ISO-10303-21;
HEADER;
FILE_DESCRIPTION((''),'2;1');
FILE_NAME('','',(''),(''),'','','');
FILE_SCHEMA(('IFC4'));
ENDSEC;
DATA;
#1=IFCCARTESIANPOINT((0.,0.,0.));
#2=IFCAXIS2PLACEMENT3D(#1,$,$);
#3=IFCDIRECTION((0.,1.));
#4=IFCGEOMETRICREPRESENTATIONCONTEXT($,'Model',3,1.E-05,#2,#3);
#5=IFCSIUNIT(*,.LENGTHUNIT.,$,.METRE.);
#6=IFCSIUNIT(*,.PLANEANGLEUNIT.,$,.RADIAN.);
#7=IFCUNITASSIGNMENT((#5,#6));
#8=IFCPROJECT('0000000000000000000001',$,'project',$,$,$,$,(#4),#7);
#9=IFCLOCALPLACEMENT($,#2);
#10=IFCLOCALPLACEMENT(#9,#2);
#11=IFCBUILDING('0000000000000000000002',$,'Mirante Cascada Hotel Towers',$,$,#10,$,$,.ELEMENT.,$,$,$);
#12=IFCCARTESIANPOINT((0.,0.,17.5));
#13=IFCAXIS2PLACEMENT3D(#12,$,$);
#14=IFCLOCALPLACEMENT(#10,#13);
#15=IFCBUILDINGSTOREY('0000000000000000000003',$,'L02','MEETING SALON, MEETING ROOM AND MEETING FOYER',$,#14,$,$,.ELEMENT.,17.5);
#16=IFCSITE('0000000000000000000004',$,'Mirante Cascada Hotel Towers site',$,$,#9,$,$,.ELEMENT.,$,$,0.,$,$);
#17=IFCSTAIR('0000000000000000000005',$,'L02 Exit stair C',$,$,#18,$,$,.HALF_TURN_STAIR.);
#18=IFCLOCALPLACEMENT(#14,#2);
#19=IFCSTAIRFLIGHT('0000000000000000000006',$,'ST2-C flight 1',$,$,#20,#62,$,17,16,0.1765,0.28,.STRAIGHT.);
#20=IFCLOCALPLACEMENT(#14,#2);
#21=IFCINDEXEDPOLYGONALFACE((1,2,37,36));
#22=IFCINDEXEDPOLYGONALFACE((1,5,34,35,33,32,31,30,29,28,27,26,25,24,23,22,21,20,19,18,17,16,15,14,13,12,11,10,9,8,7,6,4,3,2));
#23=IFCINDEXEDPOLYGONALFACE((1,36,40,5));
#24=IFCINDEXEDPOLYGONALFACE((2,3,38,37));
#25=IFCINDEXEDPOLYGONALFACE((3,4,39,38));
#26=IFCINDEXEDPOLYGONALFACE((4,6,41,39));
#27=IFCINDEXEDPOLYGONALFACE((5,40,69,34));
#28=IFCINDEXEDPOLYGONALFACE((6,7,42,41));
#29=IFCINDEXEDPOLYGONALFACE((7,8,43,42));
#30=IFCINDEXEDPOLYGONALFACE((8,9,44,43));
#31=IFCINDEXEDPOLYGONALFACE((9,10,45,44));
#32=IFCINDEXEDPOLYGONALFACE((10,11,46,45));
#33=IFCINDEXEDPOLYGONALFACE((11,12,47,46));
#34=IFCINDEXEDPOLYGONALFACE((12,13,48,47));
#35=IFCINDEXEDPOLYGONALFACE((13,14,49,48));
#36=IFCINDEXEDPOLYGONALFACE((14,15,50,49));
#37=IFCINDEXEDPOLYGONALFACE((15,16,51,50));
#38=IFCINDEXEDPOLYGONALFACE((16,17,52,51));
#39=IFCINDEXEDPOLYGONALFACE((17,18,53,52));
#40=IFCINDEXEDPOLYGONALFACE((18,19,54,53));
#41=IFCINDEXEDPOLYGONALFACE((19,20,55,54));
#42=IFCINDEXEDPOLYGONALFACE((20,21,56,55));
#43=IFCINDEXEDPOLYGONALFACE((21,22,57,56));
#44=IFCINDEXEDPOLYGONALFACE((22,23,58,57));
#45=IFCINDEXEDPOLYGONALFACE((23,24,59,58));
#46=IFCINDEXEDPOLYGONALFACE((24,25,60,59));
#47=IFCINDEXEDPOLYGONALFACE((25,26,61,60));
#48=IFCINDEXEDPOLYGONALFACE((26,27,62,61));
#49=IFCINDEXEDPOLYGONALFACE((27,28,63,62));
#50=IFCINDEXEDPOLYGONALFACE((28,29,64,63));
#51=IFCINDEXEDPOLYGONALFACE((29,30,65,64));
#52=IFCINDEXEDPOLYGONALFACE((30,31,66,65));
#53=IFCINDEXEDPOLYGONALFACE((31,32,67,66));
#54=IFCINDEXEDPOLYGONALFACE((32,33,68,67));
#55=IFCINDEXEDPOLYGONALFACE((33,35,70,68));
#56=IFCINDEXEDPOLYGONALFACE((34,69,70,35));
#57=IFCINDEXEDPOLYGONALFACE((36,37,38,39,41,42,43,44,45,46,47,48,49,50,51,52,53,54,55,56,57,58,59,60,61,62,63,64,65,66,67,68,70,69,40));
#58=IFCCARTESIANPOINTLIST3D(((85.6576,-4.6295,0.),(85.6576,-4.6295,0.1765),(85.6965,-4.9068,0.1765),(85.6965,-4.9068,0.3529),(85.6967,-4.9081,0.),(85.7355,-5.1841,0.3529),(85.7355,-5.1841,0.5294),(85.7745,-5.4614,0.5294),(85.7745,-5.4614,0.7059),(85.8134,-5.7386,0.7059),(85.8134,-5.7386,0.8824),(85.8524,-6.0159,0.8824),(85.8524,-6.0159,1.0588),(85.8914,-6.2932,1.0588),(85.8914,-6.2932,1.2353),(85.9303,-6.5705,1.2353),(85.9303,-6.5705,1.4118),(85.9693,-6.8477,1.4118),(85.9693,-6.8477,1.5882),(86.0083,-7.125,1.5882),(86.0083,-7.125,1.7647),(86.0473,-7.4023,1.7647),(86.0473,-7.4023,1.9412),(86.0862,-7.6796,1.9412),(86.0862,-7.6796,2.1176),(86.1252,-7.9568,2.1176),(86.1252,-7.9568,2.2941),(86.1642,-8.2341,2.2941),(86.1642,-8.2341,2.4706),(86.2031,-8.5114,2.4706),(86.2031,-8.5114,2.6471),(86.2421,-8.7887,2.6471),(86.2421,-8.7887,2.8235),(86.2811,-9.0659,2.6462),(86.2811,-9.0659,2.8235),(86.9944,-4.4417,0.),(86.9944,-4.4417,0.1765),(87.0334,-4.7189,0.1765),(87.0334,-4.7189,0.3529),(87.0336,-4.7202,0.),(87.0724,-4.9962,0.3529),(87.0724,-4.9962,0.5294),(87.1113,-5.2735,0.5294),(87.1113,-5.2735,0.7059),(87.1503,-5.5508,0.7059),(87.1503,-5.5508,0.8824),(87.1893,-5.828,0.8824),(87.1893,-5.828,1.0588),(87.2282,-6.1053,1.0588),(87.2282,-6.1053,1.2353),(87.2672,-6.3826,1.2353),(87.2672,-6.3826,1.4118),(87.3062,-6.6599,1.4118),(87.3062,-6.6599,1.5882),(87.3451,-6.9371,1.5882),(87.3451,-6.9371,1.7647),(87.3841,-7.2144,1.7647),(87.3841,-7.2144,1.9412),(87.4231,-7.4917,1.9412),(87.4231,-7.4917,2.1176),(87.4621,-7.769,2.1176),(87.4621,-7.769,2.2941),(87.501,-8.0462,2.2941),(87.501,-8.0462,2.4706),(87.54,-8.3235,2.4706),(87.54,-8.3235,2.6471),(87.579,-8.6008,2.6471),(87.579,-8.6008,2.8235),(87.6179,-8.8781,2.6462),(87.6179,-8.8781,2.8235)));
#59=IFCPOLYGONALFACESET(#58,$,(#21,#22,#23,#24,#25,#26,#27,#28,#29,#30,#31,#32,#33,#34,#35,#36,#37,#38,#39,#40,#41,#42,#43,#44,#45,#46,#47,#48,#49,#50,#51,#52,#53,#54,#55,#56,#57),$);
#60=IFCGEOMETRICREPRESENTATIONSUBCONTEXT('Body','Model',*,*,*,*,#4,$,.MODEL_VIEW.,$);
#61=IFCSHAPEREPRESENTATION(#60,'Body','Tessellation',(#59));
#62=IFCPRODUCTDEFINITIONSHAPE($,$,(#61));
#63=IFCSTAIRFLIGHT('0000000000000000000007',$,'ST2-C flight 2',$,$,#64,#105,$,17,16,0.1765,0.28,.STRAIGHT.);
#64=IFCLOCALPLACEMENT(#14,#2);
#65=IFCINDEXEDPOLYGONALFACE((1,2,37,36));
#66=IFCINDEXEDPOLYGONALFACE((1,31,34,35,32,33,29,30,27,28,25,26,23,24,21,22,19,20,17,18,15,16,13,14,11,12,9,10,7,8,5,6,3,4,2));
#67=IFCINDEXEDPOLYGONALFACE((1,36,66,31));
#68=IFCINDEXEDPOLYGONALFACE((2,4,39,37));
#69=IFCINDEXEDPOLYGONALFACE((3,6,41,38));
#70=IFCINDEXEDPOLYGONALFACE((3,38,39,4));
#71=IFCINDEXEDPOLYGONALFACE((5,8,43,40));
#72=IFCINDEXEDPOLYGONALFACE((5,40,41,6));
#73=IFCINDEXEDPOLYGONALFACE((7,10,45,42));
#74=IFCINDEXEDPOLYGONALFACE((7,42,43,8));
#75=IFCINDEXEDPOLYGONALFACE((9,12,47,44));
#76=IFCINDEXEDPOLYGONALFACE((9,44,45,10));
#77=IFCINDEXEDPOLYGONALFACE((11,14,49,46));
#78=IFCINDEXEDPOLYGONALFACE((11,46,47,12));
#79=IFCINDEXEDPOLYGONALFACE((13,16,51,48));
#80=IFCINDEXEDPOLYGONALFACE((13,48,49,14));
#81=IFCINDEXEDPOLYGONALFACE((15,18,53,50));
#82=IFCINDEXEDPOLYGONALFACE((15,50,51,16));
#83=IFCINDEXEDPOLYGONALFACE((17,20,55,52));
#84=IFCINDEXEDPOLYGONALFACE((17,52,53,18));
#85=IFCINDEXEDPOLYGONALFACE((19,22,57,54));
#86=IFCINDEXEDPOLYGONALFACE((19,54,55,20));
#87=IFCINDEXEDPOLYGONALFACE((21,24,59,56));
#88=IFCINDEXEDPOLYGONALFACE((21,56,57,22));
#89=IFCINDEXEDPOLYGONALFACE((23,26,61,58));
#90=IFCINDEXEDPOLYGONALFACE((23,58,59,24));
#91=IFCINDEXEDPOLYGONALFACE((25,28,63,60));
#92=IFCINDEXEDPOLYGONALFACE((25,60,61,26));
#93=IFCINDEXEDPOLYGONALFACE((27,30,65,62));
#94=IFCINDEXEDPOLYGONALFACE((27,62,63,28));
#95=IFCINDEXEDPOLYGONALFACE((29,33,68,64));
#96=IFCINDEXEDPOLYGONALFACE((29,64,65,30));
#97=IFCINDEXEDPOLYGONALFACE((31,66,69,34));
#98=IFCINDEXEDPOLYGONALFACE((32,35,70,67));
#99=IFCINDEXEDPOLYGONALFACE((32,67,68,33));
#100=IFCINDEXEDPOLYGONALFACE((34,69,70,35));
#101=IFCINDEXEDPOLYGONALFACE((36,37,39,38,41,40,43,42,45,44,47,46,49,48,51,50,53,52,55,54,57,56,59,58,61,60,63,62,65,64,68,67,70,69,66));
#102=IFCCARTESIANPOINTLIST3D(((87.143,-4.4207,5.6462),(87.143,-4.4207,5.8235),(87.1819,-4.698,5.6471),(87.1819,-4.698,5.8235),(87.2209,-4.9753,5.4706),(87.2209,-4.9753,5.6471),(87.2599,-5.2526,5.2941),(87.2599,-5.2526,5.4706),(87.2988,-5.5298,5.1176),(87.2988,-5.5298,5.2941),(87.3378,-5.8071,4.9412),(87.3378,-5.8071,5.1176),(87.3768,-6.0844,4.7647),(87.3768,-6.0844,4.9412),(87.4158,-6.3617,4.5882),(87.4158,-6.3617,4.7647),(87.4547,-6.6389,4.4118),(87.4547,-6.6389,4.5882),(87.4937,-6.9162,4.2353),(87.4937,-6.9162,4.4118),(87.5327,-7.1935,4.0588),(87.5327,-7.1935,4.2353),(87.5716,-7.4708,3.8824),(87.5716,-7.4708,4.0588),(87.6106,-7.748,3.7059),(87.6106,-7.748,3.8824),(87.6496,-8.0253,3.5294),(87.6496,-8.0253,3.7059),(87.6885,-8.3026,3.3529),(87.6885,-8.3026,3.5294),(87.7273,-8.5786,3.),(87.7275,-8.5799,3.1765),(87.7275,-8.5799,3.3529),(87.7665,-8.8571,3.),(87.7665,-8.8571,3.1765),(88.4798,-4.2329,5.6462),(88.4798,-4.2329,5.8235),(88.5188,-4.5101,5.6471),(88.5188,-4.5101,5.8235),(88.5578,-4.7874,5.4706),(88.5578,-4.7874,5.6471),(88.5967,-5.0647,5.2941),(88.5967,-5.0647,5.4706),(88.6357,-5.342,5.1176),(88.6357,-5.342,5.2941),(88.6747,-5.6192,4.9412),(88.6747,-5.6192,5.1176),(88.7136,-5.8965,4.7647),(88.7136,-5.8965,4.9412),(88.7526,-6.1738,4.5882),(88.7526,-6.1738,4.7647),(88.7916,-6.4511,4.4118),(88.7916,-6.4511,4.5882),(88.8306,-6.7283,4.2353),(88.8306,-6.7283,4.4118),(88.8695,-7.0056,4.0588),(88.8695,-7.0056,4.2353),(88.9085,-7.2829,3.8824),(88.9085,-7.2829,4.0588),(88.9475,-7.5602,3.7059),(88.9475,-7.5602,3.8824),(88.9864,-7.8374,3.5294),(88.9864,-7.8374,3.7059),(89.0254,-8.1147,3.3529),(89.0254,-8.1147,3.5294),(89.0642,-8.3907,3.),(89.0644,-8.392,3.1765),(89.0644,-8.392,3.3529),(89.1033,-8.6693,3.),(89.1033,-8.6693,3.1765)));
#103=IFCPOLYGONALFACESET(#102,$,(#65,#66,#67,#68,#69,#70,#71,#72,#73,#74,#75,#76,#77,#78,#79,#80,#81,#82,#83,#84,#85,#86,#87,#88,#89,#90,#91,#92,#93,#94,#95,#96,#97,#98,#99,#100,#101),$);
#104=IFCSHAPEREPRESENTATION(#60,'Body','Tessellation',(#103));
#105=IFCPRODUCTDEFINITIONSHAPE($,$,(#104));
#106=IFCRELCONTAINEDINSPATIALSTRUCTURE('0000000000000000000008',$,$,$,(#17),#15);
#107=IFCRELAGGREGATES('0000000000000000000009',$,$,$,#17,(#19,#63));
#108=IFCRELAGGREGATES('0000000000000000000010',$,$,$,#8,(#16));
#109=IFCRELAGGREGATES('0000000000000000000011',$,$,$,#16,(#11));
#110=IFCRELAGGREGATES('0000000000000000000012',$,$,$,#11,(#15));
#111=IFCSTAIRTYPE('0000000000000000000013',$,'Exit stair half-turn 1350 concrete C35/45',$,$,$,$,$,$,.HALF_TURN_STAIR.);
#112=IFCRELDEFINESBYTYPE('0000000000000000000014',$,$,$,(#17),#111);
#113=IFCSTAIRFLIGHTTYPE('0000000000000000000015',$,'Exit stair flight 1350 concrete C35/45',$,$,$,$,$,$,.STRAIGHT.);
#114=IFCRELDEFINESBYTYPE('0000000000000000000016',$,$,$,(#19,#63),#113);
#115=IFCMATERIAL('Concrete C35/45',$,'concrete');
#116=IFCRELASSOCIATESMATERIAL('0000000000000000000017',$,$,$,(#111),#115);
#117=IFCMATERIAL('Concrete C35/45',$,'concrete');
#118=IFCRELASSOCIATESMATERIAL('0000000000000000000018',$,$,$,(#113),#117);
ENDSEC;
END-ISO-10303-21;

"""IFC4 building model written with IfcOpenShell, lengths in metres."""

from ifc_helpers import new_model, si_unit, direction, frame, origin, place, context, subcontext, project, spatial, polyline, outline, extrude, material, type_object, element, aggregate, save


model = new_model("IFC4")

# Units and contexts
model_context = context("Model", 3, precision=1e-05, world=origin(), true_north=direction((0.0, 1.0)))
body_context = subcontext(model_context, "Body", "Model", "MODEL_VIEW")
ifc_project = project(units=[si_unit("LENGTHUNIT", "METRE"), si_unit("PLANEANGLEUNIT", "RADIAN")], contexts=[model_context])

# Site, building, storey
site_placement = place(None, origin())
site = spatial("IfcSite", under=ifc_project, at=site_placement, Name="Mirante Cascada Hotel Towers site", CompositionType="ELEMENT", RefElevation=0.0)
building_placement = place(site_placement, origin())
building = spatial("IfcBuilding", under=site, at=building_placement, Name="Mirante Cascada Hotel Towers", CompositionType="ELEMENT")
storey_placement = place(building_placement, frame((0.0, 0.0, 17.5)))
storey = spatial("IfcBuildingStorey", under=building, at=storey_placement, Name="L02", Description="MEETING SALON, MEETING ROOM AND MEETING FOYER", CompositionType="ELEMENT", Elevation=17.5)

# Stair, stair flights
ifc_material_1 = material(Name="Concrete C35/45", Category="concrete")
stair_type = type_object("IfcStairType", Name="Exit stair half-turn 1350 concrete C35/45", PredefinedType="HALF_TURN_STAIR", material=ifc_material_1)
stair_placement = place(storey_placement, origin())
stair = element("IfcStair", 1, at=stair_placement, inside=storey, type_object=stair_type, Name="L02 Exit stair C", PredefinedType="HALF_TURN_STAIR")
ifc_material_2 = material(Name="Concrete C35/45", Category="concrete")
stair_flight_type = type_object("IfcStairFlightType", Name="Exit stair flight 1350 concrete C35/45", PredefinedType="STRAIGHT", material=ifc_material_2)
stair_flight_1_placement = place(storey_placement, frame((86.326, -4.5356, 0.0), z_axis=(0.0, 0.0, 1.0), x_axis=(0.139173, -0.990268, 0.0)))
stair_flight_1 = element("IfcStairFlight", 2, at=stair_flight_1_placement, type_object=stair_flight_type, Name="ST2-C flight 1", NumberOfRisers=17, NumberOfTreads=16, PredefinedType="STRAIGHT", RiserHeight=0.1765, TreadLength=0.28, context=body_context, shape_type="SweptSolid", body=[
    extrude(outline(polyline([(0.0, 0.0), (0.0, 0.1765), (0.28, 0.1765), (0.28, 0.3529), (0.56, 0.3529), (0.56, 0.5294), (0.84, 0.5294), (0.84, 0.7059), (1.12, 0.7059), (1.12, 0.8824), (1.4, 0.8824), (1.4, 1.0588), (1.68, 1.0588), (1.68, 1.2353), (1.96, 1.2353), (1.96, 1.4118), (2.24, 1.4118), (2.24, 1.5882), (2.52, 1.5882), (2.52, 1.7647), (2.8, 1.7647), (2.8, 1.9412), (3.08, 1.9412), (3.08, 2.1176), (3.36, 2.1176), (3.36, 2.2941), (3.64, 2.2941), (3.64, 2.4706), (3.92, 2.4706), (3.92, 2.6471), (4.2, 2.6471), (4.2, 2.8235), (4.48, 2.8235), (4.48, 3.0), (4.48, 2.6462), (0.2813, 0.0), (0.0, 0.0)])), frame((0.0, 0.675, 0.0), z_axis=(0.0, -1.0, 0.0), x_axis=(1.0, 0.0, 0.0)), (0.0, 0.0, 1.0), 1.35),
])
stair_flight_2_placement = place(storey_placement, frame((88.4349, -8.7632, 3.0), z_axis=(0.0, 0.0, 1.0), x_axis=(-0.139173, 0.990268, 0.0)))
stair_flight_2 = element("IfcStairFlight", 3, at=stair_flight_2_placement, type_object=stair_flight_type, Name="ST2-C flight 2", NumberOfRisers=17, NumberOfTreads=16, PredefinedType="STRAIGHT", RiserHeight=0.1765, TreadLength=0.28, context=body_context, shape_type="SweptSolid", body=[
    extrude(outline(polyline([(0.0, 0.0), (0.0, 0.1765), (0.28, 0.1765), (0.28, 0.3529), (0.56, 0.3529), (0.56, 0.5294), (0.84, 0.5294), (0.84, 0.7059), (1.12, 0.7059), (1.12, 0.8824), (1.4, 0.8824), (1.4, 1.0588), (1.68, 1.0588), (1.68, 1.2353), (1.96, 1.2353), (1.96, 1.4118), (2.24, 1.4118), (2.24, 1.5882), (2.52, 1.5882), (2.52, 1.7647), (2.8, 1.7647), (2.8, 1.9412), (3.08, 1.9412), (3.08, 2.1176), (3.36, 2.1176), (3.36, 2.2941), (3.64, 2.2941), (3.64, 2.4706), (3.92, 2.4706), (3.92, 2.6471), (4.2, 2.6471), (4.2, 2.8235), (4.48, 2.8235), (4.48, 3.0), (4.48, 2.6462), (0.2813, 0.0), (0.0, 0.0)])), frame((0.0, 0.675, 0.0), z_axis=(0.0, -1.0, 0.0), x_axis=(1.0, 0.0, 0.0)), (0.0, 0.0, 1.0), 1.35),
])
aggregate(stair, [stair_flight_1, stair_flight_2])

save(model, "model.ifc")
